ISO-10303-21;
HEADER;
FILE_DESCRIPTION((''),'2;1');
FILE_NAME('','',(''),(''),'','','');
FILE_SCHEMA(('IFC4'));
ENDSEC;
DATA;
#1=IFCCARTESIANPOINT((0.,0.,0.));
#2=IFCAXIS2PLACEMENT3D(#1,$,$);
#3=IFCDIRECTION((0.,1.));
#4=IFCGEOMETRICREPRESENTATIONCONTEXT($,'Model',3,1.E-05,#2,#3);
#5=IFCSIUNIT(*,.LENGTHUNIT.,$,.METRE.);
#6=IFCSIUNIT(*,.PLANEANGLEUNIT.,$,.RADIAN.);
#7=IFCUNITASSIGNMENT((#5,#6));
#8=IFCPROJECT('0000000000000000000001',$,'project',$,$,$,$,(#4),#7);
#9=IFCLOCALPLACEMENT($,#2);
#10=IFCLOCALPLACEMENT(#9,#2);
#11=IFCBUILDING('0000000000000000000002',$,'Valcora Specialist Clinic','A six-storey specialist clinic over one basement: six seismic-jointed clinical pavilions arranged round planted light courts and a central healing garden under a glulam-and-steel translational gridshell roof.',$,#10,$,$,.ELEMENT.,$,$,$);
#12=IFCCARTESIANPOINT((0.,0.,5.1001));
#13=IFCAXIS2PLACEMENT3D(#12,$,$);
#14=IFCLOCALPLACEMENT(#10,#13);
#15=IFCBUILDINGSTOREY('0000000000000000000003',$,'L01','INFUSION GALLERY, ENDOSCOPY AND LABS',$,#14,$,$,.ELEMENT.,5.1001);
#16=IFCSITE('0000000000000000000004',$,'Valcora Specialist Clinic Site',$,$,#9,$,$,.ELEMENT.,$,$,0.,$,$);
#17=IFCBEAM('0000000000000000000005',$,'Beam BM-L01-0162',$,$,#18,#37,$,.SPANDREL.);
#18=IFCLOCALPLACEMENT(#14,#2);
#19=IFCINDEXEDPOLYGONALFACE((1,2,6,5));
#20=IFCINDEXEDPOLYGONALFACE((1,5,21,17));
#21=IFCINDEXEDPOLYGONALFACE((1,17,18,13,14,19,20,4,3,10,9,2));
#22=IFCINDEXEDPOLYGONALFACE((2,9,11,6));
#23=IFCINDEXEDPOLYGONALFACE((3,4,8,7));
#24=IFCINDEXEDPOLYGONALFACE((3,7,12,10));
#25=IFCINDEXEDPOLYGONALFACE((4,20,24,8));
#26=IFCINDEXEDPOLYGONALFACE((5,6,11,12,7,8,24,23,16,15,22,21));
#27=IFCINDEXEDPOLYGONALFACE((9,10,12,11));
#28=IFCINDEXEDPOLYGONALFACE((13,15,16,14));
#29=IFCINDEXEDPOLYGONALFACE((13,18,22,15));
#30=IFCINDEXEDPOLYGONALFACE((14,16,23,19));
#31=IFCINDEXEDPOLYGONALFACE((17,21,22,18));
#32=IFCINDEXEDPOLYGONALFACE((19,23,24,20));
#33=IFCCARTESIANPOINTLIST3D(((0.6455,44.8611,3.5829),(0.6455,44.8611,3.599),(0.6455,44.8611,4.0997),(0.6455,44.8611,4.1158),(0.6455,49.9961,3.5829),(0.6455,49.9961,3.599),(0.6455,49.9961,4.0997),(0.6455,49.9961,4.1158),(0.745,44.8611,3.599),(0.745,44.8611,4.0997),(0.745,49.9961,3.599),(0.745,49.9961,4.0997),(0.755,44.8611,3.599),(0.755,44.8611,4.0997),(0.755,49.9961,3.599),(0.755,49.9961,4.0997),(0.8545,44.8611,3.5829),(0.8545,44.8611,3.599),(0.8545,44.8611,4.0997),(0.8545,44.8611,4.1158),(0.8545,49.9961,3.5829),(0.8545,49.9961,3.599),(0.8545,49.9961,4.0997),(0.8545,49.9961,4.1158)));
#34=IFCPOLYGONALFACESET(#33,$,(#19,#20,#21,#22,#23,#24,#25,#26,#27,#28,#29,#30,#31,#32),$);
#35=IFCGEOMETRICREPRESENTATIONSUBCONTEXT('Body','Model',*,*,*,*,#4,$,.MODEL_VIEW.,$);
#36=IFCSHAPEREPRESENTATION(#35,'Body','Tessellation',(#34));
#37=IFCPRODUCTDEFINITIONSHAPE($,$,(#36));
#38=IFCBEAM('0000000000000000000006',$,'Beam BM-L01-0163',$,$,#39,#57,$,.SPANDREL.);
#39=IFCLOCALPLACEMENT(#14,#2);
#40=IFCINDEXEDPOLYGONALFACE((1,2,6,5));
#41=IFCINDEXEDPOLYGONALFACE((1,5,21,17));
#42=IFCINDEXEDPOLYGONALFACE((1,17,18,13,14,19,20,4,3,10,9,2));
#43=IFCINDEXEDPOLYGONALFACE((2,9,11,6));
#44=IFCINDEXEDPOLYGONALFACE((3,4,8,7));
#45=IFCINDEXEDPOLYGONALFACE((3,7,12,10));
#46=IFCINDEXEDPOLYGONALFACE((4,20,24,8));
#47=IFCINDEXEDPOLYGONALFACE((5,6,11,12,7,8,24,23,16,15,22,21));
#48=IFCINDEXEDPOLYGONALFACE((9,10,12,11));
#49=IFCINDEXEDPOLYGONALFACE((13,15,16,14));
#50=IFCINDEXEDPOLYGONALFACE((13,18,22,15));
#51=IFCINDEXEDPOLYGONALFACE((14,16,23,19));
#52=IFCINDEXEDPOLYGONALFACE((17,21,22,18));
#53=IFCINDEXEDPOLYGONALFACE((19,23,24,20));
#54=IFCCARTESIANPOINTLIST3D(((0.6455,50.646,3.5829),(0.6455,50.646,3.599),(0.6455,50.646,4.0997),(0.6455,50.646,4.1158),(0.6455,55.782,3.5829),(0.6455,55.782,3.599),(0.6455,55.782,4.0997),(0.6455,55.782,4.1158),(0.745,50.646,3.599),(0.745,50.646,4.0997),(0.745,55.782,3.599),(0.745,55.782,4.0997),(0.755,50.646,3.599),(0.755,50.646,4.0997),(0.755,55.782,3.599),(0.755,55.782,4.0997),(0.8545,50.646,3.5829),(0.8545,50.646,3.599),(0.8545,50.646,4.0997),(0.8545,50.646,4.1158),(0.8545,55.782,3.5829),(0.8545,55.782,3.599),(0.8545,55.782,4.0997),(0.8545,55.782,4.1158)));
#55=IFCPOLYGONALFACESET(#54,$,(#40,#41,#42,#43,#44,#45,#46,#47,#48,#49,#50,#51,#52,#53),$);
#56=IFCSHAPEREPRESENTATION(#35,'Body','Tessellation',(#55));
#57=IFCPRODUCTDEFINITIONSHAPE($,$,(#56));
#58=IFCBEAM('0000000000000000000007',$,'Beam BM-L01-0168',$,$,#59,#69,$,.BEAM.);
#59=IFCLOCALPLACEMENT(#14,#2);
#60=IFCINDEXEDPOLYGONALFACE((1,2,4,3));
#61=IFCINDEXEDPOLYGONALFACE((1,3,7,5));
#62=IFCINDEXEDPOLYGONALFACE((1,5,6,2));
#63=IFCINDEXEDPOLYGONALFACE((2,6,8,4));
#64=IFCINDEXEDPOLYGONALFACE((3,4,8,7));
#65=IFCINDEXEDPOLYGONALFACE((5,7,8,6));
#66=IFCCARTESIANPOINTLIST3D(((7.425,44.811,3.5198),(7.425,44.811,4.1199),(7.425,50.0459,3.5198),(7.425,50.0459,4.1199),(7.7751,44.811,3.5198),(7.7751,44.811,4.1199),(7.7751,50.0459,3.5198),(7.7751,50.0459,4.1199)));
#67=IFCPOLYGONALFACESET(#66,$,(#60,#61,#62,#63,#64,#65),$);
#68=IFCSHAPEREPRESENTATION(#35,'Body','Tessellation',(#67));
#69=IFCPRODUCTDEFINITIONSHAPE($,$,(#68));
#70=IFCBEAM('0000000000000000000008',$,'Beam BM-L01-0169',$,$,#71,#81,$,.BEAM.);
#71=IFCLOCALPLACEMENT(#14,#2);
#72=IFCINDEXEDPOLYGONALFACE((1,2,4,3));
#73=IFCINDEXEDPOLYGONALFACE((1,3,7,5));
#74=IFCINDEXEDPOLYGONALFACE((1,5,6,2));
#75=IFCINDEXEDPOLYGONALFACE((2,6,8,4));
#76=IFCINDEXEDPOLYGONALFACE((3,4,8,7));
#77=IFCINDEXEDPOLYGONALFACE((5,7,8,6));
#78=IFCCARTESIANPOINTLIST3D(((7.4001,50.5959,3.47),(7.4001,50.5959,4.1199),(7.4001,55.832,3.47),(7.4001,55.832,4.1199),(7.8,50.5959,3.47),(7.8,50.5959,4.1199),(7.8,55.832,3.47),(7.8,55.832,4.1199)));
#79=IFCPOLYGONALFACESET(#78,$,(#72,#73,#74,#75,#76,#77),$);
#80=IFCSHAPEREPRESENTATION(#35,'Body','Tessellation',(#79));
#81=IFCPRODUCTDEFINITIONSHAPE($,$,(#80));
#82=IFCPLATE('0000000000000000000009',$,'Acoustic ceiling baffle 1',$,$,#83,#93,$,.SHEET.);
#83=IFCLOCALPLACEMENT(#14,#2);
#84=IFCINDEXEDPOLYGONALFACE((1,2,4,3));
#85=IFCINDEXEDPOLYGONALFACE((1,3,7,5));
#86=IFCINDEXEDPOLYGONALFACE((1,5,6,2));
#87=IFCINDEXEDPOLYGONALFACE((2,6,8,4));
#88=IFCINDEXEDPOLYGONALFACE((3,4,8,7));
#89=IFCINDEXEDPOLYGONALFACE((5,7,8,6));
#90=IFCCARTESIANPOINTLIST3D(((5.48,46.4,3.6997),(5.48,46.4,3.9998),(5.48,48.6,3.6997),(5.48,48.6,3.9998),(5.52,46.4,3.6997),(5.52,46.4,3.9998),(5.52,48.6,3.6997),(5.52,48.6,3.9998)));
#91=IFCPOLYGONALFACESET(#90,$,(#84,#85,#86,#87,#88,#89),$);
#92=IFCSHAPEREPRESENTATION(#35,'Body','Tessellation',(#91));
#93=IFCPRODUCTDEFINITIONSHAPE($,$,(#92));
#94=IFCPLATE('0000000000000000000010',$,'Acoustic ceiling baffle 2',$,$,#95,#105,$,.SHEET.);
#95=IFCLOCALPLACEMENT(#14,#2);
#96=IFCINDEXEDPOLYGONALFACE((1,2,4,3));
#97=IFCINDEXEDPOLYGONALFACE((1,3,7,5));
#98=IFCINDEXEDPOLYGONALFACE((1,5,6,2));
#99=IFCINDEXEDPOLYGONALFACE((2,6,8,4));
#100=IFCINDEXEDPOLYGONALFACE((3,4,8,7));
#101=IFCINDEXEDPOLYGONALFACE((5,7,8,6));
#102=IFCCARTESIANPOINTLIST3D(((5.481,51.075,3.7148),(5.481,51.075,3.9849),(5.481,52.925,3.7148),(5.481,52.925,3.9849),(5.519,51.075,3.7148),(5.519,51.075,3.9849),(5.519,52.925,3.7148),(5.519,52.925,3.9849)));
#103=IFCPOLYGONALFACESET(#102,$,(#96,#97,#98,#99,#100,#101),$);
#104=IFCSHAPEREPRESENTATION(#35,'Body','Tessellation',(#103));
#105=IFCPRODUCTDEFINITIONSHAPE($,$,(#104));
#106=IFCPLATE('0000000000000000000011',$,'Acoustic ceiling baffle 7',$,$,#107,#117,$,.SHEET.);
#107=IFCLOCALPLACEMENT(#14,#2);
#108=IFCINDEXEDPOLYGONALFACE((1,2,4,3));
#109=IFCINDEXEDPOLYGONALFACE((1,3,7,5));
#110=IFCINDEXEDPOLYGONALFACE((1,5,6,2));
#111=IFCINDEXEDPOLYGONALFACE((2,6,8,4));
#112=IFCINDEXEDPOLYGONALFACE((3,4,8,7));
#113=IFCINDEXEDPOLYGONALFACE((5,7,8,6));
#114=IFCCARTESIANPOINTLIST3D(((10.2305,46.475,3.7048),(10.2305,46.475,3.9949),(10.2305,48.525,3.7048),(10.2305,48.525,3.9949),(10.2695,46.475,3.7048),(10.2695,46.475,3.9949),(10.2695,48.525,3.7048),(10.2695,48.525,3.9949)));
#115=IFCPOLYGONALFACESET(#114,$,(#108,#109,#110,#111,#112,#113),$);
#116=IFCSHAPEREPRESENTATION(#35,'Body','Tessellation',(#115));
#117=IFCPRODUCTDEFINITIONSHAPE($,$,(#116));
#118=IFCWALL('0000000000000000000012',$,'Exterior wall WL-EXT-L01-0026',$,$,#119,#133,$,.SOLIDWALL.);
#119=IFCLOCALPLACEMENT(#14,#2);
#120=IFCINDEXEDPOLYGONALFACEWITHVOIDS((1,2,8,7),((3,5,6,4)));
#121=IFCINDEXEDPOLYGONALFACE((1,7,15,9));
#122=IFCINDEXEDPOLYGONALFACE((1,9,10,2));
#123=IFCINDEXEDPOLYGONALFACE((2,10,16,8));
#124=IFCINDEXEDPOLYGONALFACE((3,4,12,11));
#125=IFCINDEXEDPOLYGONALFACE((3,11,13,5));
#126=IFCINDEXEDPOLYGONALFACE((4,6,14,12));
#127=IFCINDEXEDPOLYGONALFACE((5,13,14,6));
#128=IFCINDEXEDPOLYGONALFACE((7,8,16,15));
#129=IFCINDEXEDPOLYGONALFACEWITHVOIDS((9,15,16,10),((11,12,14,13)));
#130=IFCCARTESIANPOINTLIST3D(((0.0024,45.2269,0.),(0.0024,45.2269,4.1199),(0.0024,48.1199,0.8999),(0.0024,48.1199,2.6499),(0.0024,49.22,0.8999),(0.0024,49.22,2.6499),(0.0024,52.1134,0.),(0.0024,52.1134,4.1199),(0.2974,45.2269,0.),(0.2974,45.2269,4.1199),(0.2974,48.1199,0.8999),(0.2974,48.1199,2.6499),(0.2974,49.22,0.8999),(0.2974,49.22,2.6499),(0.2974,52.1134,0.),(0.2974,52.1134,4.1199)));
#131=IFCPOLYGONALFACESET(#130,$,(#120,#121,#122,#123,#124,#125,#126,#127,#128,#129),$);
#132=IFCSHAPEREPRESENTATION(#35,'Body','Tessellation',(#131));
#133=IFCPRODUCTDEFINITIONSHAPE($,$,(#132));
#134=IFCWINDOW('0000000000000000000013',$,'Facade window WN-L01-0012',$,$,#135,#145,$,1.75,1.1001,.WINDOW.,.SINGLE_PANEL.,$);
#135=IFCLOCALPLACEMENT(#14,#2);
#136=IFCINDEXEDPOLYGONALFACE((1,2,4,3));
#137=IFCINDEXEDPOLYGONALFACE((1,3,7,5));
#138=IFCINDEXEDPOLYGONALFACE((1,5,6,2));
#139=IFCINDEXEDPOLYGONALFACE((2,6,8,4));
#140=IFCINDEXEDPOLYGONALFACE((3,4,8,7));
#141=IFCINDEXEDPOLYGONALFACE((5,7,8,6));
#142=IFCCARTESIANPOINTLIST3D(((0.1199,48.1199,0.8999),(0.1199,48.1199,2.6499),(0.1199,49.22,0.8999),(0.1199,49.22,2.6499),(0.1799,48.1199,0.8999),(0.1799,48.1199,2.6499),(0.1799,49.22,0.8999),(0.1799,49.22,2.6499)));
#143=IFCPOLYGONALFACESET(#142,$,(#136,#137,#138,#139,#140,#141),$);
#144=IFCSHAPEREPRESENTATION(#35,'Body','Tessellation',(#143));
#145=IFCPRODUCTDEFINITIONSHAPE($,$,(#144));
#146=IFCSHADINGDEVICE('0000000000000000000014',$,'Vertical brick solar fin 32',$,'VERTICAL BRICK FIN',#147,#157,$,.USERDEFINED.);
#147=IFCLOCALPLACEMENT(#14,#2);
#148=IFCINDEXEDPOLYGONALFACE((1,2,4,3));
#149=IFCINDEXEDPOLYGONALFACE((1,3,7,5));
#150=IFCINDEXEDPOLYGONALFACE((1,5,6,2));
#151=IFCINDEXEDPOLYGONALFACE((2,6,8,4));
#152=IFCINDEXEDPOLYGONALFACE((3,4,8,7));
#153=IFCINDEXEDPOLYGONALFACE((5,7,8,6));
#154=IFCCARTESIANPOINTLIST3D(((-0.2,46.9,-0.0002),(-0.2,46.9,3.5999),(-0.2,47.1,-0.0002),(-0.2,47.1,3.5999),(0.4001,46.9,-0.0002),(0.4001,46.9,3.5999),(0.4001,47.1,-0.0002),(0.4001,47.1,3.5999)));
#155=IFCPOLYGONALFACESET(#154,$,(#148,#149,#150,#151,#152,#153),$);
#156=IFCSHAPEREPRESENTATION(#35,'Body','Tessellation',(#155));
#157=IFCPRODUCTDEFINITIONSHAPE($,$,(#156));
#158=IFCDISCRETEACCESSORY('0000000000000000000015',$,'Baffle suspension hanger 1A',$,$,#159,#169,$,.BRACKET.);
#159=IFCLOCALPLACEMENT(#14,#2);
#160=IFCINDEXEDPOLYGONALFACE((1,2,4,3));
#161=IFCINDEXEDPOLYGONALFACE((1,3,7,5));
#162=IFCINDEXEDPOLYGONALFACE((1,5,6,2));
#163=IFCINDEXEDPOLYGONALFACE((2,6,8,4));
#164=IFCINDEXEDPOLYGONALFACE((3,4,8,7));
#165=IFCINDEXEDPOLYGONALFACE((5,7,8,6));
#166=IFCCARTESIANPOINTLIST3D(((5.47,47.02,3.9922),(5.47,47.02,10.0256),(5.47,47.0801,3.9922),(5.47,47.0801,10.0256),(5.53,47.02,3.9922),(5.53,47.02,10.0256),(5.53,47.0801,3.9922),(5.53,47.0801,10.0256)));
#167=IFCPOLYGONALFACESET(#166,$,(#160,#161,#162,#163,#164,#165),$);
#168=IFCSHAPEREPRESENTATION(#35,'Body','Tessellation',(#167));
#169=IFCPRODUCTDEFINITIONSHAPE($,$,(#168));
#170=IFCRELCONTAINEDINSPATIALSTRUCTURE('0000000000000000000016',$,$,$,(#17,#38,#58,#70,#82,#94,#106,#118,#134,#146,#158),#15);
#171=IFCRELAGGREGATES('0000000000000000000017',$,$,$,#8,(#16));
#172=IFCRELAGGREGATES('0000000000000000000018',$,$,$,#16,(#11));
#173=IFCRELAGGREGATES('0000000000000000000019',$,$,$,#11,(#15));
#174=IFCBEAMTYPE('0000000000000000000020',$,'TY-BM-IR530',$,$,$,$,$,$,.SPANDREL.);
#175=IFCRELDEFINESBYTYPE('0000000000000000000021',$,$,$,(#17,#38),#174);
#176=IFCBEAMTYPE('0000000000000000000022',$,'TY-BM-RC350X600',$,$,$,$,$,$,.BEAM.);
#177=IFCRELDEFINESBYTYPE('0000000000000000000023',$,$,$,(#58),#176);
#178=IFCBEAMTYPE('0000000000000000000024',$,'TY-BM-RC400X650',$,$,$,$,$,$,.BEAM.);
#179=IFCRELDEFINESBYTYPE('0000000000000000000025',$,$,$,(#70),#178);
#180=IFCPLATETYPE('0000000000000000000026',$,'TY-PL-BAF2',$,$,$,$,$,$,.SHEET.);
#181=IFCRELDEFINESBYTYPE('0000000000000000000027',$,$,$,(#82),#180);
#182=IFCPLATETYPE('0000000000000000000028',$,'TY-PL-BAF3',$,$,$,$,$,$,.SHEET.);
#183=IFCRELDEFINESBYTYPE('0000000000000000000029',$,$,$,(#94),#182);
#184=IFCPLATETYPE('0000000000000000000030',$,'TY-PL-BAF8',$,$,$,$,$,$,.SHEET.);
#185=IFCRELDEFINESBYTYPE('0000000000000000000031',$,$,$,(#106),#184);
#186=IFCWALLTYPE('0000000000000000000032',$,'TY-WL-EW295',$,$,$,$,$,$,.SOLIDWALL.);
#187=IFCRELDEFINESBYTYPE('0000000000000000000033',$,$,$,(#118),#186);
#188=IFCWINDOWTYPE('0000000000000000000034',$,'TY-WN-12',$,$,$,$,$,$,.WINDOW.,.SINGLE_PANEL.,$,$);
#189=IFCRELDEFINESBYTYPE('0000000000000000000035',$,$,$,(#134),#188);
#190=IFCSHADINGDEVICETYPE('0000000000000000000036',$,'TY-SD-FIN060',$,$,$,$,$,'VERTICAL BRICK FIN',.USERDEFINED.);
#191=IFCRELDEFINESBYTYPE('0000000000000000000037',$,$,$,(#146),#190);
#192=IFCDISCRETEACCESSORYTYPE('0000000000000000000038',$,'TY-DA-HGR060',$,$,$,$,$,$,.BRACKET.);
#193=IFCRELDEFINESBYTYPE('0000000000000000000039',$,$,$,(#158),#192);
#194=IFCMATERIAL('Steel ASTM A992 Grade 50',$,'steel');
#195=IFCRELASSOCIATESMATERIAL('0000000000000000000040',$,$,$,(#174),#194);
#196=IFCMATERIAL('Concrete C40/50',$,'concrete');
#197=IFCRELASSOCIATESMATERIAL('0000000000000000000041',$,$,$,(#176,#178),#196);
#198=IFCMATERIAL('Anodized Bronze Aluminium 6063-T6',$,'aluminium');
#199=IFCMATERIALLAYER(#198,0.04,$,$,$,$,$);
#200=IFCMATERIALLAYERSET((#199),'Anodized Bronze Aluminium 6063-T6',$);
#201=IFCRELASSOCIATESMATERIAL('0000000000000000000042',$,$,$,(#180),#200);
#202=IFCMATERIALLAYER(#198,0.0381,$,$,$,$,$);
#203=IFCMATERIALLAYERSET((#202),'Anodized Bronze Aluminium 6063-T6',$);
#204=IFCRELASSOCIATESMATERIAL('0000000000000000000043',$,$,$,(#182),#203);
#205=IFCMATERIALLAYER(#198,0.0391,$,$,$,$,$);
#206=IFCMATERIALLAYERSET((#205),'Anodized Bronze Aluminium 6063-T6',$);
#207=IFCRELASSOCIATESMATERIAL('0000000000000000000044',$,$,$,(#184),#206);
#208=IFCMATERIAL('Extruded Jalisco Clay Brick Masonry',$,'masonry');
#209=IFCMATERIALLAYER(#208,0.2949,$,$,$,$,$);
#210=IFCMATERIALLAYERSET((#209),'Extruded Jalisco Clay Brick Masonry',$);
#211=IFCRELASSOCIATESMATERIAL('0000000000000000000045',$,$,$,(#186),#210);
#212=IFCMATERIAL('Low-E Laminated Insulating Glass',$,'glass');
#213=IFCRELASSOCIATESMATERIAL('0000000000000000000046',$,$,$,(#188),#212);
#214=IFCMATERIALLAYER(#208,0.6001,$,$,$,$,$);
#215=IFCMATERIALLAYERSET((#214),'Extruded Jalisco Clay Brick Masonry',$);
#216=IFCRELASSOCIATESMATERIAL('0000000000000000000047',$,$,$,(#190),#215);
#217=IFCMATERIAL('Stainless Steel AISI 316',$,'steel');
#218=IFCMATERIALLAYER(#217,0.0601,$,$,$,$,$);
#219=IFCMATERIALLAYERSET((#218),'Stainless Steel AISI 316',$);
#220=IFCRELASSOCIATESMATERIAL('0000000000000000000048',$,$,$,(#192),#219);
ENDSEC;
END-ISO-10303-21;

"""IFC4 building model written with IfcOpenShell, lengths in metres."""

from ifc_helpers import new_model, si_unit, direction, frame, frame_2d, origin, origin_2d, place, context, subcontext, project, spatial, rectangle, i_section, extrude, material, layer, layer_set, material_profile, profile_set, type_object, element, fill, save


model = new_model("IFC4")

# Units and contexts
model_context = context("Model", 3, precision=1e-05, world=origin(), true_north=direction((0.0, 1.0)))
body_context = subcontext(model_context, "Body", "Model", "MODEL_VIEW")
ifc_project = project(units=[si_unit("LENGTHUNIT", "METRE"), si_unit("PLANEANGLEUNIT", "RADIAN")], contexts=[model_context])

# Site, building, storey
site_placement = place(None, origin())
site = spatial("IfcSite", under=ifc_project, at=site_placement, Name="Valcora Specialist Clinic Site", CompositionType="ELEMENT", RefElevation=0.0)
building_placement = place(site_placement, origin())
building = spatial("IfcBuilding", under=site, at=building_placement, Name="Valcora Specialist Clinic", Description="A six-storey specialist clinic over one basement: six seismic-jointed clinical pavilions arranged round planted light courts and a central healing garden under a glulam-and-steel translational gridshell roof.", CompositionType="ELEMENT")
storey_placement = place(building_placement, frame((0.0, 0.0, 5.1001)))
storey = spatial("IfcBuildingStorey", under=building, at=storey_placement, Name="L01", Description="INFUSION GALLERY, ENDOSCOPY AND LABS", CompositionType="ELEMENT", Elevation=5.1001)

# Shared definitions
ifc_material_1 = material(Name="Concrete C40/50", Category="concrete")

# Beams
ifc_material_2 = material(Name="Steel ASTM A992 Grade 50", Category="steel")
ifc_material_profile_1 = material_profile(ifc_material_2, i_section(OverallWidth=0.209, OverallDepth=0.533, WebThickness=0.01, FlangeThickness=0.0161, at=origin_2d()), Name="ST-IR-530X210")
ifc_profile_set_1 = profile_set([ifc_material_profile_1], Name="Steel ASTM A992 Grade 50")
beam_type_1 = type_object("IfcBeamType", Name="TY-BM-IR530", PredefinedType="SPANDREL", material=ifc_profile_set_1)
beam_1_placement = place(storey_placement, frame((0.75, 44.8611, 3.8494), z_axis=(0.0, 1.0, 0.0), x_axis=(-1.0, 0.0, 0.0)))
element("IfcBeam", 1, at=beam_1_placement, inside=storey, type_object=beam_type_1, Name="Beam BM-L01-0162", PredefinedType="SPANDREL", context=body_context, shape_type="SweptSolid", body=[
    extrude(i_section(OverallWidth=0.209, OverallDepth=0.533, WebThickness=0.01, FlangeThickness=0.0161, at=origin_2d()), origin(), (0.0, 0.0, 1.0), 5.135),
])
beam_2_placement = place(storey_placement, frame((0.75, 50.646, 3.8494), z_axis=(0.0, 1.0, 0.0), x_axis=(-1.0, 0.0, 0.0)))
element("IfcBeam", 2, at=beam_2_placement, inside=storey, type_object=beam_type_1, Name="Beam BM-L01-0163", PredefinedType="SPANDREL", context=body_context, shape_type="SweptSolid", body=[
    extrude(i_section(OverallWidth=0.209, OverallDepth=0.533, WebThickness=0.01, FlangeThickness=0.0161, at=origin_2d()), origin(), (0.0, 0.0, 1.0), 5.136),
])
ifc_material_profile_2 = material_profile(ifc_material_1, rectangle(XDim=0.3501, YDim=0.6001, at=origin_2d()), Name="RC-BM-350X600")
ifc_profile_set_2 = profile_set([ifc_material_profile_2], Name="Concrete C40/50")
beam_type_2 = type_object("IfcBeamType", Name="TY-BM-RC350X600", PredefinedType="BEAM", material=ifc_profile_set_2)
beam_3_placement = place(storey_placement, frame((7.6001, 44.811, 3.8198), z_axis=(0.0, 1.0, 0.0), x_axis=(-1.0, 0.0, 0.0)))
element("IfcBeam", 3, at=beam_3_placement, inside=storey, type_object=beam_type_2, Name="Beam BM-L01-0168", PredefinedType="BEAM", context=body_context, shape_type="SweptSolid", body=[
    extrude(rectangle(XDim=0.3501, YDim=0.6001, at=origin_2d()), origin(), (0.0, 0.0, 1.0), 5.2349),
])
ifc_material_profile_3 = material_profile(ifc_material_1, rectangle(XDim=0.3999, YDim=0.6499, at=origin_2d()), Name="RC-BM-400X650")
ifc_profile_set_3 = profile_set([ifc_material_profile_3], Name="Concrete C40/50")
beam_type_3 = type_object("IfcBeamType", Name="TY-BM-RC400X650", PredefinedType="BEAM", material=ifc_profile_set_3)
beam_4_placement = place(storey_placement, frame((7.6001, 50.5959, 3.7949), z_axis=(0.0, 1.0, 0.0), x_axis=(-1.0, 0.0, 0.0)))
element("IfcBeam", 4, at=beam_4_placement, inside=storey, type_object=beam_type_3, Name="Beam BM-L01-0169", PredefinedType="BEAM", context=body_context, shape_type="SweptSolid", body=[
    extrude(rectangle(XDim=0.3999, YDim=0.6499, at=origin_2d()), origin(), (0.0, 0.0, 1.0), 5.2361),
])

# Plates
ifc_material_3 = material(Name="Anodized Bronze Aluminium 6063-T6", Category="aluminium")
ifc_layer_1 = layer(ifc_material_3, 0.04)
ifc_layer_set_1 = layer_set([ifc_layer_1], Name="Anodized Bronze Aluminium 6063-T6")
plate_type_1 = type_object("IfcPlateType", Name="TY-PL-BAF2", PredefinedType="SHEET", material=ifc_layer_set_1)
plate_1_placement = place(storey_placement, frame((5.5, 47.5, 3.6997), z_axis=(0.0, 0.0, 1.0), x_axis=(0.0, 1.0, 0.0)))
element("IfcPlate", 5, at=plate_1_placement, inside=storey, type_object=plate_type_1, Name="Acoustic ceiling baffle 1", PredefinedType="SHEET", context=body_context, shape_type="SweptSolid", body=[
    extrude(rectangle(XDim=2.2, YDim=0.04, at=origin_2d()), origin(), (0.0, 0.0, 1.0), 0.3),
])
ifc_layer_2 = layer(ifc_material_3, 0.0381)
ifc_layer_set_2 = layer_set([ifc_layer_2], Name="Anodized Bronze Aluminium 6063-T6")
plate_type_2 = type_object("IfcPlateType", Name="TY-PL-BAF3", PredefinedType="SHEET", material=ifc_layer_set_2)
plate_2_placement = place(storey_placement, frame((5.5, 52.0, 3.7148), z_axis=(0.0, 0.0, 1.0), x_axis=(0.0, 1.0, 0.0)))
element("IfcPlate", 6, at=plate_2_placement, inside=storey, type_object=plate_type_2, Name="Acoustic ceiling baffle 2", PredefinedType="SHEET", context=body_context, shape_type="SweptSolid", body=[
    extrude(rectangle(XDim=1.8501, YDim=0.0381, at=origin_2d()), origin(), (0.0, 0.0, 1.0), 0.27),
])
ifc_layer_3 = layer(ifc_material_3, 0.0391)
ifc_layer_set_3 = layer_set([ifc_layer_3], Name="Anodized Bronze Aluminium 6063-T6")
plate_type_3 = type_object("IfcPlateType", Name="TY-PL-BAF8", PredefinedType="SHEET", material=ifc_layer_set_3)
plate_3_placement = place(storey_placement, frame((10.25, 47.5, 3.7048), z_axis=(0.0, 0.0, 1.0), x_axis=(0.0, 1.0, 0.0)))
element("IfcPlate", 7, at=plate_3_placement, inside=storey, type_object=plate_type_3, Name="Acoustic ceiling baffle 7", PredefinedType="SHEET", context=body_context, shape_type="SweptSolid", body=[
    extrude(rectangle(XDim=2.05, YDim=0.0391, at=origin_2d()), origin(), (0.0, 0.0, 1.0), 0.29),
])

# Wall, opening, window
ifc_material_4 = material(Name="Extruded Jalisco Clay Brick Masonry", Category="masonry")
ifc_layer_4 = layer(ifc_material_4, 0.2949)
ifc_layer_set_4 = layer_set([ifc_layer_4], Name="Extruded Jalisco Clay Brick Masonry")
wall_type = type_object("IfcWallType", Name="TY-WL-EW295", PredefinedType="SOLIDWALL", material=ifc_layer_set_4)
wall_placement = place(storey_placement, frame((0.1499, 45.2268, 0.0), z_axis=(0.0, 0.0, 1.0), x_axis=(0.0, 1.0, 0.0)))
wall = element("IfcWall", 8, at=wall_placement, inside=storey, type_object=wall_type, Name="Exterior wall WL-EXT-L01-0026", PredefinedType="SOLIDWALL", context=body_context, shape_type="SweptSolid", body=[
    extrude(rectangle(XDim=6.8865, YDim=0.2949, at=frame_2d((3.4434, 0.0))), origin(), (0.0, 0.0, 1.0), 4.1199),
])
opening_placement = place(wall_placement, frame((2.8931, 0.0, 0.8999)))
opening = element("IfcOpeningElement", 9, at=opening_placement, cuts=wall, PredefinedType="OPENING", context=body_context, shape_type="SweptSolid", body=[
    extrude(rectangle(XDim=1.1001, YDim=1.75, at=frame_2d((0.55, 0.875))), frame((0.0, 0.1575, 0.0), z_axis=(0.0, -1.0, 0.0), x_axis=(1.0, 0.0, 0.0)), (0.0, 0.0, 1.0), 0.3149),
])
ifc_material_5 = material(Name="Low-E Laminated Insulating Glass", Category="glass")
window_type = type_object("IfcWindowType", Name="TY-WN-12", PartitioningType="SINGLE_PANEL", PredefinedType="WINDOW", material=ifc_material_5)
window_placement = place(opening_placement, origin())
window = element("IfcWindow", 10, at=window_placement, inside=storey, type_object=window_type, Name="Facade window WN-L01-0012", OverallHeight=1.75, OverallWidth=1.1001, PartitioningType="SINGLE_PANEL", PredefinedType="WINDOW", context=body_context, shape_type="SweptSolid", body=[
    extrude(rectangle(XDim=1.1001, YDim=1.75, at=frame_2d((0.55, 0.875))), frame((0.0, 0.03, 0.0), z_axis=(0.0, -1.0, 0.0), x_axis=(1.0, 0.0, 0.0)), (0.0, 0.0, 1.0), 0.0601),
])
fill(opening, window)

# Shared definitions
ifc_material_6 = material(Name="Stainless Steel AISI 316", Category="steel")

# Shading device
ifc_layer_5 = layer(ifc_material_4, 0.6001)
ifc_layer_set_5 = layer_set([ifc_layer_5], Name="Extruded Jalisco Clay Brick Masonry")
shading_device_type = type_object("IfcShadingDeviceType", Name="TY-SD-FIN060", ElementType="VERTICAL BRICK FIN", PredefinedType="USERDEFINED", material=ifc_layer_set_5)
shading_device_placement = place(storey_placement, frame((0.1001, 47.0, -0.0002), z_axis=(0.0, 0.0, 1.0), x_axis=(1.0, 0.0, 0.0)))
element("IfcShadingDevice", 11, at=shading_device_placement, inside=storey, type_object=shading_device_type, Name="Vertical brick solar fin 32", ObjectType="VERTICAL BRICK FIN", PredefinedType="USERDEFINED", context=body_context, shape_type="SweptSolid", body=[
    extrude(rectangle(XDim=0.6001, YDim=0.2, at=origin_2d()), origin(), (0.0, 0.0, 1.0), 3.6001),
])

# Discrete accessory
ifc_layer_6 = layer(ifc_material_6, 0.0601)
ifc_layer_set_6 = layer_set([ifc_layer_6], Name="Stainless Steel AISI 316")
discrete_accessory_type = type_object("IfcDiscreteAccessoryType", Name="TY-DA-HGR060", PredefinedType="BRACKET", material=ifc_layer_set_6)
for number, where, z_axis, x_axis, name in (
    (12, (5.5, 47.05, 3.9922), (0.0, 0.0, 1.0), (1.0, 0.0, 0.0), "Baffle suspension hanger 1A"),
):
    element("IfcDiscreteAccessory", number, at=place(storey_placement, frame(where, z_axis=z_axis, x_axis=x_axis)), inside=storey, type_object=discrete_accessory_type, Name=name, PredefinedType="BRACKET", context=body_context, shape_type="SweptSolid", body=[
        extrude(rectangle(XDim=0.0601, YDim=0.0601, at=origin_2d()), origin(), (0.0, 0.0, 1.0), 6.0334),
    ])

save(model, "model.ifc")
